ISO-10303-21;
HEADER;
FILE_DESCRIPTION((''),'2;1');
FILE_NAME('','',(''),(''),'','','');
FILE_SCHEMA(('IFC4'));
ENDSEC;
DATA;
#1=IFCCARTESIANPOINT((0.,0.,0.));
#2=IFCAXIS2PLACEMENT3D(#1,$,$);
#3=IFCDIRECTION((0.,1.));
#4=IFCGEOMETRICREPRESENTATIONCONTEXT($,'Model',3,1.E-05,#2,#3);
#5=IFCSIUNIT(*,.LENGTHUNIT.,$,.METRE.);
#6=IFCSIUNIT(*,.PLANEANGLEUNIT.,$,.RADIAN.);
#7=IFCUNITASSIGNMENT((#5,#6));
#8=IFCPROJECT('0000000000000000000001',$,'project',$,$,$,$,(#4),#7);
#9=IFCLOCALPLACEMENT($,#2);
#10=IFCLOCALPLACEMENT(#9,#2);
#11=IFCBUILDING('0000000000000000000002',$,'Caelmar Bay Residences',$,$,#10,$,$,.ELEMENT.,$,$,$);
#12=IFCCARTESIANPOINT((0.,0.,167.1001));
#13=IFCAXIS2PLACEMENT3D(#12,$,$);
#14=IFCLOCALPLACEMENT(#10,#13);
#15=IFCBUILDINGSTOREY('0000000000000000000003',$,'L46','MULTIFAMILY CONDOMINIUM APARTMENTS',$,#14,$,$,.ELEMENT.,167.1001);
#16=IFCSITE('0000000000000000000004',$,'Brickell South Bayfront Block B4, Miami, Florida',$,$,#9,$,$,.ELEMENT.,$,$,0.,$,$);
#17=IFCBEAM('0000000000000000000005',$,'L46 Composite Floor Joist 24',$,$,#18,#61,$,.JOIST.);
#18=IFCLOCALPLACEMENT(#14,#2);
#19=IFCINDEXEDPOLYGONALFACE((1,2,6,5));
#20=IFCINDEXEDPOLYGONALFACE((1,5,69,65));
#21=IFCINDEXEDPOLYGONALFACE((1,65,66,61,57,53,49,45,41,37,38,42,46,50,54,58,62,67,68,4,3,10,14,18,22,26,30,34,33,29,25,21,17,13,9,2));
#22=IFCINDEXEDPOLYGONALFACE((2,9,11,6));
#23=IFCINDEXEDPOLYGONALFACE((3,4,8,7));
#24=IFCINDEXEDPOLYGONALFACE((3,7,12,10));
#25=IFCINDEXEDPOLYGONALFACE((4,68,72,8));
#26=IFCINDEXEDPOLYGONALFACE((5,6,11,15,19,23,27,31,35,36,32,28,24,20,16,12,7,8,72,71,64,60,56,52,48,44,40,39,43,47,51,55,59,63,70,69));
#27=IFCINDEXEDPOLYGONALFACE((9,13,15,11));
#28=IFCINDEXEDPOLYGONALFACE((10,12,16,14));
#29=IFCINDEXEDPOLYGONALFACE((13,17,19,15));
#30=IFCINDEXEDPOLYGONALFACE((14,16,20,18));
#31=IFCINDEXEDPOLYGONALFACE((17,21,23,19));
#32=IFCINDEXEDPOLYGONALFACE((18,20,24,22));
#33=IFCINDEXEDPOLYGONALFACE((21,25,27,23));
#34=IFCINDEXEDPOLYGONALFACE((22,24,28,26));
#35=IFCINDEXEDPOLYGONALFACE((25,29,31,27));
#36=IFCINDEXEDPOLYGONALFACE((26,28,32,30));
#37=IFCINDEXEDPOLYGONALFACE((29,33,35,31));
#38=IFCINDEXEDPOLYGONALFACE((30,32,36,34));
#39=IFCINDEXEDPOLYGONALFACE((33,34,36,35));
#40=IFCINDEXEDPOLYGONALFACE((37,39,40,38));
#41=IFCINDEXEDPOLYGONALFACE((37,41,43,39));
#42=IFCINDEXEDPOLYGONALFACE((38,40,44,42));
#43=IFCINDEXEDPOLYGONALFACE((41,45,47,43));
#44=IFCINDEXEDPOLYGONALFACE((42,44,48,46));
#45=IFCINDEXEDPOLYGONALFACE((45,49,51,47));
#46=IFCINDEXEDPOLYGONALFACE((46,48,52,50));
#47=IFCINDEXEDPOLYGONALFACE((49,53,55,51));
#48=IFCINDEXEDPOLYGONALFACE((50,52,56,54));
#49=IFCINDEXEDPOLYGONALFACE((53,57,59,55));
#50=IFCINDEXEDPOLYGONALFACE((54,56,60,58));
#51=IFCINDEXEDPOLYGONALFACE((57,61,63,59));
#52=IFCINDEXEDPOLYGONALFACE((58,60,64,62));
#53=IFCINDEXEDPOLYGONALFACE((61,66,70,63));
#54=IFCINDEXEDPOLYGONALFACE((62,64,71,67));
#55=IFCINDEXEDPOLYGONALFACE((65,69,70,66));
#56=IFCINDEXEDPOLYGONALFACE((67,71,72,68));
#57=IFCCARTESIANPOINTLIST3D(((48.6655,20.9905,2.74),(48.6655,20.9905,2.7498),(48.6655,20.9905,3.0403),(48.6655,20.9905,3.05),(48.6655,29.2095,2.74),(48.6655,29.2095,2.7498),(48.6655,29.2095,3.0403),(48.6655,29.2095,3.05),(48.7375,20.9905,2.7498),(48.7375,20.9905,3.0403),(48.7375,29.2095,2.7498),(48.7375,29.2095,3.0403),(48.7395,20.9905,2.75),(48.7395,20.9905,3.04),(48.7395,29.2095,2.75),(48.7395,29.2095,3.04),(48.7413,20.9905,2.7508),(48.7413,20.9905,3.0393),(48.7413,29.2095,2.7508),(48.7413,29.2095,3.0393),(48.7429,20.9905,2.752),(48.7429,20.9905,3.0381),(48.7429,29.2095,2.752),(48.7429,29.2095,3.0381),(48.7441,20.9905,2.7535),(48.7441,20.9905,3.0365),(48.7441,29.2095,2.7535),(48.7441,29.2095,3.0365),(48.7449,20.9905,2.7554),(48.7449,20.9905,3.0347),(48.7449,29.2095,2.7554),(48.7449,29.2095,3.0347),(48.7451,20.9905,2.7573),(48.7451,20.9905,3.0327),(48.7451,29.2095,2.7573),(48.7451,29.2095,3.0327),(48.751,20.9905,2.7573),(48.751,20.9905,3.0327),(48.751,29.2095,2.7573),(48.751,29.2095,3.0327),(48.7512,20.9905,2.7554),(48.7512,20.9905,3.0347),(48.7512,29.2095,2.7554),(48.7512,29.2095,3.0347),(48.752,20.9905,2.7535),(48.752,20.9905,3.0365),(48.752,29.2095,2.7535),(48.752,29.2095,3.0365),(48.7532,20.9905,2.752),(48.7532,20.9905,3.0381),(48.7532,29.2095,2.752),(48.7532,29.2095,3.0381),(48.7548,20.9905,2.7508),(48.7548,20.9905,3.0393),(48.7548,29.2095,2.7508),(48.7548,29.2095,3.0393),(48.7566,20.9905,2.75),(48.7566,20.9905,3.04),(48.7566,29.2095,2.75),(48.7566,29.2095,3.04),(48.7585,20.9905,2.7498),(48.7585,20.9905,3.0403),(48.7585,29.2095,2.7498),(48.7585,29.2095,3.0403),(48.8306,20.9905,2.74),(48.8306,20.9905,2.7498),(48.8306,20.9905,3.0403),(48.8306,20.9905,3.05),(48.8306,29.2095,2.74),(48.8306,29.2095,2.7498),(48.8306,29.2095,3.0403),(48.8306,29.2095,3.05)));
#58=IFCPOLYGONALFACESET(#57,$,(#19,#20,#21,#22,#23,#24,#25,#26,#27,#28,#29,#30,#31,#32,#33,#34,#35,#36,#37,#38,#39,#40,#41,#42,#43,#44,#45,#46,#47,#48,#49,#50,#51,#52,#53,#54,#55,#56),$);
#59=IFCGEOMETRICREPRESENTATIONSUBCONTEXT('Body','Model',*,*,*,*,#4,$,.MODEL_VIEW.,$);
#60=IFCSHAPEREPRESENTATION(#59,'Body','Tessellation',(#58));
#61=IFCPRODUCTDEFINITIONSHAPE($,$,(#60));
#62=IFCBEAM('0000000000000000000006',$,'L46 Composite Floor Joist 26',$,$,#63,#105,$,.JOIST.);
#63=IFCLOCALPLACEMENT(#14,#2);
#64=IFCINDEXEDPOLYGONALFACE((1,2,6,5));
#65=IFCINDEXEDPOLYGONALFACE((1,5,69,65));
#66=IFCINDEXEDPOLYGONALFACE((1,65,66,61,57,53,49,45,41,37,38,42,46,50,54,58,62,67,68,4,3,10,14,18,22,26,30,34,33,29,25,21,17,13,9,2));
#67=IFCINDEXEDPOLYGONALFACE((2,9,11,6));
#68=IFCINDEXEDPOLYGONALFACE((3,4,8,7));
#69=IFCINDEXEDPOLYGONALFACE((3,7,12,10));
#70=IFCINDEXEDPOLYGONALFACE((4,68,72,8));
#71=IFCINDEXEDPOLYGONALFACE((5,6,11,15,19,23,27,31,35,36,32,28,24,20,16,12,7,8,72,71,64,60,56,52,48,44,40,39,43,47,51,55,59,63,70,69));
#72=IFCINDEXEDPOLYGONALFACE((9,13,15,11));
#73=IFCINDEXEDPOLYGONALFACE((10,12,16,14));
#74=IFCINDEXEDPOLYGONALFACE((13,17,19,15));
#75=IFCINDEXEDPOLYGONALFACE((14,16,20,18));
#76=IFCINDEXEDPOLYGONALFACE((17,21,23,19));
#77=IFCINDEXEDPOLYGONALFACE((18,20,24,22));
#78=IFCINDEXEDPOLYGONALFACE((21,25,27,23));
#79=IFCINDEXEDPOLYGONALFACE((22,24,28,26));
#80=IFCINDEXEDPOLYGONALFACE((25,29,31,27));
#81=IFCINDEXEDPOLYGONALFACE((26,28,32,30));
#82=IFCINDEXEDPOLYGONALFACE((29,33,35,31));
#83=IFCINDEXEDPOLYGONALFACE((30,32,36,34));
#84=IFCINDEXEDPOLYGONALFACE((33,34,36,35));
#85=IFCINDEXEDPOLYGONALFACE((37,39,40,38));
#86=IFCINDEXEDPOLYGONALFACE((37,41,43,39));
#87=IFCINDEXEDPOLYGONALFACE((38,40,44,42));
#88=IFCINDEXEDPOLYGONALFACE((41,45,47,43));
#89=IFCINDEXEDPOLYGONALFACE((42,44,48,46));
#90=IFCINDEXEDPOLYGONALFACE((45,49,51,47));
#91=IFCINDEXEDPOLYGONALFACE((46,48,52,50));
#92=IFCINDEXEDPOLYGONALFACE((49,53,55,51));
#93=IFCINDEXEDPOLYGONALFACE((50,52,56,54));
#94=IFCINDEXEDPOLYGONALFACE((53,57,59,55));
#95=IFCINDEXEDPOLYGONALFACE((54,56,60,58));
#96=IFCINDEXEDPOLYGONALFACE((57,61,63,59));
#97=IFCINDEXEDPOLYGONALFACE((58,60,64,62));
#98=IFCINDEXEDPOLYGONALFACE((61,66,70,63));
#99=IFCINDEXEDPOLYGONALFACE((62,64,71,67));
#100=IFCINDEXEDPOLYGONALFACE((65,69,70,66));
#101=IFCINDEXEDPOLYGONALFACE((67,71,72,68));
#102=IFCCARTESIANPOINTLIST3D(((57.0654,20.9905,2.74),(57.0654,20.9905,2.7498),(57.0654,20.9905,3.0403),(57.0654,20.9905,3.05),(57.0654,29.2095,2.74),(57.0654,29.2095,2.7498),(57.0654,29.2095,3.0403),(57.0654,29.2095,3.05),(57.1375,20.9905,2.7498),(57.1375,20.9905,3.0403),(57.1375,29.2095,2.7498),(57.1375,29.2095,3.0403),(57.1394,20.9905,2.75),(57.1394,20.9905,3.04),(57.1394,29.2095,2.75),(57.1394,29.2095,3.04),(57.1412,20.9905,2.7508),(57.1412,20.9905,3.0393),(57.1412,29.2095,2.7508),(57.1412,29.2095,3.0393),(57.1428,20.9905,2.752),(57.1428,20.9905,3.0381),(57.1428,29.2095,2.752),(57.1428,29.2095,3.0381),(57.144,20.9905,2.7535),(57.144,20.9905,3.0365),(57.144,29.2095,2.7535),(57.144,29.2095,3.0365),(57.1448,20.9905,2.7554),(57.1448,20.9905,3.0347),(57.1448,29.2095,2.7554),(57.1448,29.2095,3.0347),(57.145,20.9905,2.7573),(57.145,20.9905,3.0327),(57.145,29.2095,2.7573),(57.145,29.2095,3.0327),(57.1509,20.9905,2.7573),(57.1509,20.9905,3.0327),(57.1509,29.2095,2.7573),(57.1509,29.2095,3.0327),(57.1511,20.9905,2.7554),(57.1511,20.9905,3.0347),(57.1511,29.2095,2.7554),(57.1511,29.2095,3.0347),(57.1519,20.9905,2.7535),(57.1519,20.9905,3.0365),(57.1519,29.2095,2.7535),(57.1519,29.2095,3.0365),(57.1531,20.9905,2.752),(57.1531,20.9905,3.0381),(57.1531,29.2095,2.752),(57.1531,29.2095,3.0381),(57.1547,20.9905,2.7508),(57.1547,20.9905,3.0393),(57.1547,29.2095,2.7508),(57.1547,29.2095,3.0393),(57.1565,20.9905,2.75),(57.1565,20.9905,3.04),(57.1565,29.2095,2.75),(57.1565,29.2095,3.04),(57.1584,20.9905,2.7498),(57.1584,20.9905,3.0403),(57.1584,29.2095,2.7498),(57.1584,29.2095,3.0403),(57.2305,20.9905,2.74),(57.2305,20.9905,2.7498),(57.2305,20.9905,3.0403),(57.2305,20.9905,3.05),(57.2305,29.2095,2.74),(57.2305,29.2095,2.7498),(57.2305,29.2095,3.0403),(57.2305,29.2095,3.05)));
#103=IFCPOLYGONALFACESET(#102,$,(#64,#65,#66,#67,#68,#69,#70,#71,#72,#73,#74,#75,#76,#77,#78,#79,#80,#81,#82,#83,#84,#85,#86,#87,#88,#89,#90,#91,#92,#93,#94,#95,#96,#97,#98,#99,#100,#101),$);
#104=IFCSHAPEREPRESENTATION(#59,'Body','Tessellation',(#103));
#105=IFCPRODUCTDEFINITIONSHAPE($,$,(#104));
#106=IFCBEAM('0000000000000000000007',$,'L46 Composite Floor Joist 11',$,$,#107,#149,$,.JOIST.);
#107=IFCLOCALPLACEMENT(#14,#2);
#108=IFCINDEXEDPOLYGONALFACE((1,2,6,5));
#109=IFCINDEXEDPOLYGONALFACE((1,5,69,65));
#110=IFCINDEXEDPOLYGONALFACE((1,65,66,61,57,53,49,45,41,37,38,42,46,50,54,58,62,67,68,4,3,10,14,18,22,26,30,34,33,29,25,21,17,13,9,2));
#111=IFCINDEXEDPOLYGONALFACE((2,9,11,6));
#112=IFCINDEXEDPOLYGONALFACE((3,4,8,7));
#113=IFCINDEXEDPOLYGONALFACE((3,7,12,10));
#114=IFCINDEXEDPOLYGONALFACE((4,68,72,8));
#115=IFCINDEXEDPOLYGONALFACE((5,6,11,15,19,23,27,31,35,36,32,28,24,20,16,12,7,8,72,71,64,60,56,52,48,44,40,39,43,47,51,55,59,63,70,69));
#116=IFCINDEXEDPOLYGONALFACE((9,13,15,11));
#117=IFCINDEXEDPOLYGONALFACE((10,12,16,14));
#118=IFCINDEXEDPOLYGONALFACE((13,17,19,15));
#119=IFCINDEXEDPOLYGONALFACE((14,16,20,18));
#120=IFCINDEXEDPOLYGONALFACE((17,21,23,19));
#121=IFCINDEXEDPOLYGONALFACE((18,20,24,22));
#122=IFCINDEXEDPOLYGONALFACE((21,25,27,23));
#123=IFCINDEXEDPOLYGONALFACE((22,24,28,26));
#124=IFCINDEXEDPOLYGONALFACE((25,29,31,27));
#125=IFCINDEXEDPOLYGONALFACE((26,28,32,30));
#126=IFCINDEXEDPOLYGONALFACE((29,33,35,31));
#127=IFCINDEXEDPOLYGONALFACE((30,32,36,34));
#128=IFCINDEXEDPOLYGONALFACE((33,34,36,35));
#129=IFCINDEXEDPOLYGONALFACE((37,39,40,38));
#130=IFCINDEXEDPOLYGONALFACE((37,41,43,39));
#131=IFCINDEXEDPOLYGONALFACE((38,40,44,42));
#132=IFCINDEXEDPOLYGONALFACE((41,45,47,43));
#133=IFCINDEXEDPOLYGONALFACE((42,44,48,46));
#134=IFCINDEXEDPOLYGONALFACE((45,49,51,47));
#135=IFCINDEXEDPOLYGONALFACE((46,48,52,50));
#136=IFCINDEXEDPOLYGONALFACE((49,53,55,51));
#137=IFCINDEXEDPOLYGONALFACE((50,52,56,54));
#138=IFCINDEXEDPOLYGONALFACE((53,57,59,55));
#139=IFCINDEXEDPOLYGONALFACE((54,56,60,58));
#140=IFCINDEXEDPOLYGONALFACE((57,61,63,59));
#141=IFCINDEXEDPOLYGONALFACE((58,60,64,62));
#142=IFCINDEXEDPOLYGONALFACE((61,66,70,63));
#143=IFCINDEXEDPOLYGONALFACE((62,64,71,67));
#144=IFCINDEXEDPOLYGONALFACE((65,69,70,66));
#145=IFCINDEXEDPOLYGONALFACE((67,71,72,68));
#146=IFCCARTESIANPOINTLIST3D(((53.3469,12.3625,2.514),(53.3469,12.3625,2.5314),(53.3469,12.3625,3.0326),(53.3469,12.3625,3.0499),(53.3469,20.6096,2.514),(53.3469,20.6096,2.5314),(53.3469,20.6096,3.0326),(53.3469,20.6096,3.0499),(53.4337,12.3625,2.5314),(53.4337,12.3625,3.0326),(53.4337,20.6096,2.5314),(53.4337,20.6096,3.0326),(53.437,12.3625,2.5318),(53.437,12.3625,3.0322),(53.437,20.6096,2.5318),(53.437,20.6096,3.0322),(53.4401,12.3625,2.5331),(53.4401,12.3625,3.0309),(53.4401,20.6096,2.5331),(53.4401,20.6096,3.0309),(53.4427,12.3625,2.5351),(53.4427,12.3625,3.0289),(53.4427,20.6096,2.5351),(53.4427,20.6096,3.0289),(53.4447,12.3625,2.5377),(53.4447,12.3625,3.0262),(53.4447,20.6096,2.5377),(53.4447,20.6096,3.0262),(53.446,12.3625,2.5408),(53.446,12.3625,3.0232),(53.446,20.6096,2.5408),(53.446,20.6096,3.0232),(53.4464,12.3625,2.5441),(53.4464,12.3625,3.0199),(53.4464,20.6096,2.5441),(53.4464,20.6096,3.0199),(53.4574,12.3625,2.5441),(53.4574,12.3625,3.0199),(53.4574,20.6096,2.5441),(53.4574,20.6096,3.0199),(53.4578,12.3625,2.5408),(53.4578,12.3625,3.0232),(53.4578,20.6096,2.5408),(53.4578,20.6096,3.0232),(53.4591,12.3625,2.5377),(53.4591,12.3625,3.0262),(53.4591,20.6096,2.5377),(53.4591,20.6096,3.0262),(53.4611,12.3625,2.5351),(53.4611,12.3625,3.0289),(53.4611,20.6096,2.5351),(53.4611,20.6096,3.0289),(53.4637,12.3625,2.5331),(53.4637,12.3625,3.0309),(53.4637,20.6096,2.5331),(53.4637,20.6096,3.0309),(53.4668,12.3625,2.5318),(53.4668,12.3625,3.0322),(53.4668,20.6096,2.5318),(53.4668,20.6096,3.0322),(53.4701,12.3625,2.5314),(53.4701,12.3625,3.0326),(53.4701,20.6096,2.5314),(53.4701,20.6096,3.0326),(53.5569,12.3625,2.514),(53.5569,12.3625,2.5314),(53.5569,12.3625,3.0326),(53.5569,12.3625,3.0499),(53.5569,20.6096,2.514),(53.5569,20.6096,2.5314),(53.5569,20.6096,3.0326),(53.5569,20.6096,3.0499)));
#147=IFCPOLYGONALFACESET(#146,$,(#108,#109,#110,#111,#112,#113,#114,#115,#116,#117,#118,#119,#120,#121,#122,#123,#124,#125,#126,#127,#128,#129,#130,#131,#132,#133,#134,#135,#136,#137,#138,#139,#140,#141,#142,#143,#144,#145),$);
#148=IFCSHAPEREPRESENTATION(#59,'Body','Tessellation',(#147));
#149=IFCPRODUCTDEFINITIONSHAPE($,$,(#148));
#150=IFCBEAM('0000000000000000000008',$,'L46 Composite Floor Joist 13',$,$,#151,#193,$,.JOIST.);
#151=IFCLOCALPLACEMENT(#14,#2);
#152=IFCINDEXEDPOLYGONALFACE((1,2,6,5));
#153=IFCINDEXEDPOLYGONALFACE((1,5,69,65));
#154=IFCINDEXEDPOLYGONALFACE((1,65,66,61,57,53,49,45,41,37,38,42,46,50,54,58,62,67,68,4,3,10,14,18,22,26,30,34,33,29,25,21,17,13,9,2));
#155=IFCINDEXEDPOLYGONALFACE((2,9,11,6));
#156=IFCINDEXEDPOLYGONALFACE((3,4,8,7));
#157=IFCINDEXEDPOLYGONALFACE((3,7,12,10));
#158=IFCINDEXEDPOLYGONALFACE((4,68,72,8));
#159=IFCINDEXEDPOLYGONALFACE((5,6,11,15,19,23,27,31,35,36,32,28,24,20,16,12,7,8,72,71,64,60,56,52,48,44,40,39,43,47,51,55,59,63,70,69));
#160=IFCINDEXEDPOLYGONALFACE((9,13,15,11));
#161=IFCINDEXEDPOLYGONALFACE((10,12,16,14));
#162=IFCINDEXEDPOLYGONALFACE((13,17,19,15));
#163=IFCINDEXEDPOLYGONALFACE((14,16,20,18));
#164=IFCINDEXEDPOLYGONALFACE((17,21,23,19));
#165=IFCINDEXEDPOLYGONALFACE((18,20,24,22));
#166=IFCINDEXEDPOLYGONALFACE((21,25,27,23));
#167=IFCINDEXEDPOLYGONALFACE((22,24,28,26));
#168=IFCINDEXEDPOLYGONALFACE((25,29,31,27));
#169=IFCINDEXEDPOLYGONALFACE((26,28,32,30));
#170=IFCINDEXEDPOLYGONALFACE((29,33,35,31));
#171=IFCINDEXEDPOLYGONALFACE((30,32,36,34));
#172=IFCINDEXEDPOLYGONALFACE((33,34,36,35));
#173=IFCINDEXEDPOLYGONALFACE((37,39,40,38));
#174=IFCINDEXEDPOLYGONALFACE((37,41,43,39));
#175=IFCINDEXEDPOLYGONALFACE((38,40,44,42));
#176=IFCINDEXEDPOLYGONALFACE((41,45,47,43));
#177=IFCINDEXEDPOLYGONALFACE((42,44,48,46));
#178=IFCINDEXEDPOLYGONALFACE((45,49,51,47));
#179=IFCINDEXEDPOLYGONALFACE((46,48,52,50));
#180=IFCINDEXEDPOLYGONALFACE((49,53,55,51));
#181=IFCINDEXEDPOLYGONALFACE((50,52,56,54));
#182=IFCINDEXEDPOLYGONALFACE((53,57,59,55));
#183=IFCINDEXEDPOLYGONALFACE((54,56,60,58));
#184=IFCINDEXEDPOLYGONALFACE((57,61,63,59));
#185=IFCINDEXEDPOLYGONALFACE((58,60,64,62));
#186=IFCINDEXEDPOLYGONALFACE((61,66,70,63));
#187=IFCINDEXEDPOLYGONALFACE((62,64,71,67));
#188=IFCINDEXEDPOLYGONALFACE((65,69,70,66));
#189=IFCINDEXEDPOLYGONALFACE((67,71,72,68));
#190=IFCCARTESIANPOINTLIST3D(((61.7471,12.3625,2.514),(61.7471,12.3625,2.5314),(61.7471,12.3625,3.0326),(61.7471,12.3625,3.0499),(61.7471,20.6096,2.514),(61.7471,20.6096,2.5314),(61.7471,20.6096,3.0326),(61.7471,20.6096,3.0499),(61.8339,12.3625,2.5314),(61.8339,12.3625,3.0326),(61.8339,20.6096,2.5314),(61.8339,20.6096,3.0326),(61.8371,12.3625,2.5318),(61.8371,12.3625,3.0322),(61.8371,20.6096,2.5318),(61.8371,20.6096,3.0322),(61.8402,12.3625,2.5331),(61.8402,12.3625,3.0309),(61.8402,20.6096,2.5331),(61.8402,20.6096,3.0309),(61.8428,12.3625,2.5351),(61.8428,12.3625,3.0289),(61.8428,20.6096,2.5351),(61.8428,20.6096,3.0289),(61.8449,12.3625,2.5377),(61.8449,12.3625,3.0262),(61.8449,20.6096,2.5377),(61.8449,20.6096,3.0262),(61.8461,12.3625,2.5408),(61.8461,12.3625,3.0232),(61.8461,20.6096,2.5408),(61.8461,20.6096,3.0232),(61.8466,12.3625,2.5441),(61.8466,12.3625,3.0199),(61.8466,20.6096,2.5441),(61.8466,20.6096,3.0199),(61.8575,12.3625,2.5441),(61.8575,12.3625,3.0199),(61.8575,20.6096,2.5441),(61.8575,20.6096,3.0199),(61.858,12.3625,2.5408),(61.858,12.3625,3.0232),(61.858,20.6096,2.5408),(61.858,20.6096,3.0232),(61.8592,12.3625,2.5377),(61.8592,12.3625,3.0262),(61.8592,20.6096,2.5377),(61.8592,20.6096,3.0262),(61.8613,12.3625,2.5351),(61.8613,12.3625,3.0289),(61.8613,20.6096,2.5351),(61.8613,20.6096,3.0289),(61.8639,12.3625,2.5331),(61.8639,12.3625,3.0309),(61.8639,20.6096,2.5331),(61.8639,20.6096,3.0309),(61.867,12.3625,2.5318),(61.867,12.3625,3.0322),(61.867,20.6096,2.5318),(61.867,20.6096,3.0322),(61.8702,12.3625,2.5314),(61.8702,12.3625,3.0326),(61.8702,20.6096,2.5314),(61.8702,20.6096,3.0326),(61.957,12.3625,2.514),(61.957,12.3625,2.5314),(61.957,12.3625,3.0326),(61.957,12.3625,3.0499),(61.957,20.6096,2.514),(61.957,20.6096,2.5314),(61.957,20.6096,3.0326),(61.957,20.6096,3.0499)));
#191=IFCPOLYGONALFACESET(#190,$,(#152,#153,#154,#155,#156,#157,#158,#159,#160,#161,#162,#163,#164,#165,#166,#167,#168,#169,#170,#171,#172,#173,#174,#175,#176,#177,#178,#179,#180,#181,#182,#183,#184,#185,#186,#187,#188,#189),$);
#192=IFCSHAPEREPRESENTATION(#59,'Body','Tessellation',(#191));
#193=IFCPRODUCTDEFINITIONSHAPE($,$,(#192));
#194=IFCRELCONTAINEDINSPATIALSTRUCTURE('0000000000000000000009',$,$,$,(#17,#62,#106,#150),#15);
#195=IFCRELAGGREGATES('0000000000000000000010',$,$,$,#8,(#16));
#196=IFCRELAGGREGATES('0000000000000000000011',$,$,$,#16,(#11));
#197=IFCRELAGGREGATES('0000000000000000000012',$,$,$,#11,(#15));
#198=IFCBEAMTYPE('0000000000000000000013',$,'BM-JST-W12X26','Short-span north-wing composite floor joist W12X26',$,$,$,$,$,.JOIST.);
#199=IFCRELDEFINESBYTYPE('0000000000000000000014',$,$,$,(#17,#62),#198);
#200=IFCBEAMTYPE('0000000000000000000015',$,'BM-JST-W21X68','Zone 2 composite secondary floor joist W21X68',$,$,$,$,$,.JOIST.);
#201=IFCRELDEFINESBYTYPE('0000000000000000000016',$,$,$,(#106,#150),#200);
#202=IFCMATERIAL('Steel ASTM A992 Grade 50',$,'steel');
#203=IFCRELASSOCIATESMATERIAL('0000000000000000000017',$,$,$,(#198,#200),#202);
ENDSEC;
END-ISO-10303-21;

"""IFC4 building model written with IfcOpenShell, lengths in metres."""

from ifc_helpers import new_model, si_unit, direction, frame, origin, origin_2d, place, context, subcontext, project, spatial, i_section, extrude, material, material_profile, profile_set, type_object, element, save


model = new_model("IFC4")

# Units and contexts
model_context = context("Model", 3, precision=1e-05, world=origin(), true_north=direction((0.0, 1.0)))
body_context = subcontext(model_context, "Body", "Model", "MODEL_VIEW")
ifc_project = project(units=[si_unit("LENGTHUNIT", "METRE"), si_unit("PLANEANGLEUNIT", "RADIAN")], contexts=[model_context])

# Site, building, storey
site_placement = place(None, origin())
site = spatial("IfcSite", under=ifc_project, at=site_placement, Name="Brickell South Bayfront Block B4, Miami, Florida", CompositionType="ELEMENT", RefElevation=0.0)
building_placement = place(site_placement, origin())
building = spatial("IfcBuilding", under=site, at=building_placement, Name="Caelmar Bay Residences", CompositionType="ELEMENT")
storey_placement = place(building_placement, frame((0.0, 0.0, 167.1001)))
storey = spatial("IfcBuildingStorey", under=building, at=storey_placement, Name="L46", Description="MULTIFAMILY CONDOMINIUM APARTMENTS", CompositionType="ELEMENT", Elevation=167.1001)

# Beams
ifc_material_1 = material(Name="Steel ASTM A992 Grade 50", Category="steel")
ifc_material_profile_1 = material_profile(ifc_material_1, i_section(OverallWidth=0.165, OverallDepth=0.3101, WebThickness=0.0059, FlangeThickness=0.0098, FilletRadius=0.0076, at=origin_2d()), Name="W12X26")
ifc_profile_set_1 = profile_set([ifc_material_profile_1], Name="Steel ASTM A992 Grade 50")
beam_type_1 = type_object("IfcBeamType", Name="BM-JST-W12X26", Description="Short-span north-wing composite floor joist W12X26", PredefinedType="JOIST", material=ifc_profile_set_1)
for number, where, z_axis, x_axis, name in (
    (1, (48.748, 20.9905, 2.895), (0.0, 1.0, 0.0), (-1.0, 0.0, 0.0), "L46 Composite Floor Joist 24"),
    (2, (57.1479, 20.9905, 2.895), (0.0, 1.0, 0.0), (-1.0, 0.0, 0.0), "L46 Composite Floor Joist 26"),
):
    element("IfcBeam", number, at=place(storey_placement, frame(where, z_axis=z_axis, x_axis=x_axis)), inside=storey, type_object=beam_type_1, Name=name, PredefinedType="JOIST", context=body_context, shape_type="SweptSolid", body=[
        extrude(i_section(OverallWidth=0.165, OverallDepth=0.3101, WebThickness=0.0059, FlangeThickness=0.0098, FilletRadius=0.0076, at=origin_2d()), origin(), (0.0, 0.0, 1.0), 8.219),
    ])
ifc_material_profile_2 = material_profile(ifc_material_1, i_section(OverallWidth=0.21, OverallDepth=0.5359, WebThickness=0.011, FlangeThickness=0.0173, FilletRadius=0.0127, at=origin_2d()), Name="W21X68")
ifc_profile_set_2 = profile_set([ifc_material_profile_2], Name="Steel ASTM A992 Grade 50")
beam_type_2 = type_object("IfcBeamType", Name="BM-JST-W21X68", Description="Zone 2 composite secondary floor joist W21X68", PredefinedType="JOIST", material=ifc_profile_set_2)
for number, where, z_axis, x_axis, name in (
    (3, (53.4519, 12.3625, 2.782), (0.0, 1.0, 0.0), (-1.0, 0.0, 0.0), "L46 Composite Floor Joist 11"),
    (4, (61.8521, 12.3625, 2.782), (0.0, 1.0, 0.0), (-1.0, 0.0, 0.0), "L46 Composite Floor Joist 13"),
):
    element("IfcBeam", number, at=place(storey_placement, frame(where, z_axis=z_axis, x_axis=x_axis)), inside=storey, type_object=beam_type_2, Name=name, PredefinedType="JOIST", context=body_context, shape_type="SweptSolid", body=[
        extrude(i_section(OverallWidth=0.21, OverallDepth=0.5359, WebThickness=0.011, FlangeThickness=0.0173, FilletRadius=0.0127, at=origin_2d()), origin(), (0.0, 0.0, 1.0), 8.2471),
    ])

save(model, "model.ifc")
